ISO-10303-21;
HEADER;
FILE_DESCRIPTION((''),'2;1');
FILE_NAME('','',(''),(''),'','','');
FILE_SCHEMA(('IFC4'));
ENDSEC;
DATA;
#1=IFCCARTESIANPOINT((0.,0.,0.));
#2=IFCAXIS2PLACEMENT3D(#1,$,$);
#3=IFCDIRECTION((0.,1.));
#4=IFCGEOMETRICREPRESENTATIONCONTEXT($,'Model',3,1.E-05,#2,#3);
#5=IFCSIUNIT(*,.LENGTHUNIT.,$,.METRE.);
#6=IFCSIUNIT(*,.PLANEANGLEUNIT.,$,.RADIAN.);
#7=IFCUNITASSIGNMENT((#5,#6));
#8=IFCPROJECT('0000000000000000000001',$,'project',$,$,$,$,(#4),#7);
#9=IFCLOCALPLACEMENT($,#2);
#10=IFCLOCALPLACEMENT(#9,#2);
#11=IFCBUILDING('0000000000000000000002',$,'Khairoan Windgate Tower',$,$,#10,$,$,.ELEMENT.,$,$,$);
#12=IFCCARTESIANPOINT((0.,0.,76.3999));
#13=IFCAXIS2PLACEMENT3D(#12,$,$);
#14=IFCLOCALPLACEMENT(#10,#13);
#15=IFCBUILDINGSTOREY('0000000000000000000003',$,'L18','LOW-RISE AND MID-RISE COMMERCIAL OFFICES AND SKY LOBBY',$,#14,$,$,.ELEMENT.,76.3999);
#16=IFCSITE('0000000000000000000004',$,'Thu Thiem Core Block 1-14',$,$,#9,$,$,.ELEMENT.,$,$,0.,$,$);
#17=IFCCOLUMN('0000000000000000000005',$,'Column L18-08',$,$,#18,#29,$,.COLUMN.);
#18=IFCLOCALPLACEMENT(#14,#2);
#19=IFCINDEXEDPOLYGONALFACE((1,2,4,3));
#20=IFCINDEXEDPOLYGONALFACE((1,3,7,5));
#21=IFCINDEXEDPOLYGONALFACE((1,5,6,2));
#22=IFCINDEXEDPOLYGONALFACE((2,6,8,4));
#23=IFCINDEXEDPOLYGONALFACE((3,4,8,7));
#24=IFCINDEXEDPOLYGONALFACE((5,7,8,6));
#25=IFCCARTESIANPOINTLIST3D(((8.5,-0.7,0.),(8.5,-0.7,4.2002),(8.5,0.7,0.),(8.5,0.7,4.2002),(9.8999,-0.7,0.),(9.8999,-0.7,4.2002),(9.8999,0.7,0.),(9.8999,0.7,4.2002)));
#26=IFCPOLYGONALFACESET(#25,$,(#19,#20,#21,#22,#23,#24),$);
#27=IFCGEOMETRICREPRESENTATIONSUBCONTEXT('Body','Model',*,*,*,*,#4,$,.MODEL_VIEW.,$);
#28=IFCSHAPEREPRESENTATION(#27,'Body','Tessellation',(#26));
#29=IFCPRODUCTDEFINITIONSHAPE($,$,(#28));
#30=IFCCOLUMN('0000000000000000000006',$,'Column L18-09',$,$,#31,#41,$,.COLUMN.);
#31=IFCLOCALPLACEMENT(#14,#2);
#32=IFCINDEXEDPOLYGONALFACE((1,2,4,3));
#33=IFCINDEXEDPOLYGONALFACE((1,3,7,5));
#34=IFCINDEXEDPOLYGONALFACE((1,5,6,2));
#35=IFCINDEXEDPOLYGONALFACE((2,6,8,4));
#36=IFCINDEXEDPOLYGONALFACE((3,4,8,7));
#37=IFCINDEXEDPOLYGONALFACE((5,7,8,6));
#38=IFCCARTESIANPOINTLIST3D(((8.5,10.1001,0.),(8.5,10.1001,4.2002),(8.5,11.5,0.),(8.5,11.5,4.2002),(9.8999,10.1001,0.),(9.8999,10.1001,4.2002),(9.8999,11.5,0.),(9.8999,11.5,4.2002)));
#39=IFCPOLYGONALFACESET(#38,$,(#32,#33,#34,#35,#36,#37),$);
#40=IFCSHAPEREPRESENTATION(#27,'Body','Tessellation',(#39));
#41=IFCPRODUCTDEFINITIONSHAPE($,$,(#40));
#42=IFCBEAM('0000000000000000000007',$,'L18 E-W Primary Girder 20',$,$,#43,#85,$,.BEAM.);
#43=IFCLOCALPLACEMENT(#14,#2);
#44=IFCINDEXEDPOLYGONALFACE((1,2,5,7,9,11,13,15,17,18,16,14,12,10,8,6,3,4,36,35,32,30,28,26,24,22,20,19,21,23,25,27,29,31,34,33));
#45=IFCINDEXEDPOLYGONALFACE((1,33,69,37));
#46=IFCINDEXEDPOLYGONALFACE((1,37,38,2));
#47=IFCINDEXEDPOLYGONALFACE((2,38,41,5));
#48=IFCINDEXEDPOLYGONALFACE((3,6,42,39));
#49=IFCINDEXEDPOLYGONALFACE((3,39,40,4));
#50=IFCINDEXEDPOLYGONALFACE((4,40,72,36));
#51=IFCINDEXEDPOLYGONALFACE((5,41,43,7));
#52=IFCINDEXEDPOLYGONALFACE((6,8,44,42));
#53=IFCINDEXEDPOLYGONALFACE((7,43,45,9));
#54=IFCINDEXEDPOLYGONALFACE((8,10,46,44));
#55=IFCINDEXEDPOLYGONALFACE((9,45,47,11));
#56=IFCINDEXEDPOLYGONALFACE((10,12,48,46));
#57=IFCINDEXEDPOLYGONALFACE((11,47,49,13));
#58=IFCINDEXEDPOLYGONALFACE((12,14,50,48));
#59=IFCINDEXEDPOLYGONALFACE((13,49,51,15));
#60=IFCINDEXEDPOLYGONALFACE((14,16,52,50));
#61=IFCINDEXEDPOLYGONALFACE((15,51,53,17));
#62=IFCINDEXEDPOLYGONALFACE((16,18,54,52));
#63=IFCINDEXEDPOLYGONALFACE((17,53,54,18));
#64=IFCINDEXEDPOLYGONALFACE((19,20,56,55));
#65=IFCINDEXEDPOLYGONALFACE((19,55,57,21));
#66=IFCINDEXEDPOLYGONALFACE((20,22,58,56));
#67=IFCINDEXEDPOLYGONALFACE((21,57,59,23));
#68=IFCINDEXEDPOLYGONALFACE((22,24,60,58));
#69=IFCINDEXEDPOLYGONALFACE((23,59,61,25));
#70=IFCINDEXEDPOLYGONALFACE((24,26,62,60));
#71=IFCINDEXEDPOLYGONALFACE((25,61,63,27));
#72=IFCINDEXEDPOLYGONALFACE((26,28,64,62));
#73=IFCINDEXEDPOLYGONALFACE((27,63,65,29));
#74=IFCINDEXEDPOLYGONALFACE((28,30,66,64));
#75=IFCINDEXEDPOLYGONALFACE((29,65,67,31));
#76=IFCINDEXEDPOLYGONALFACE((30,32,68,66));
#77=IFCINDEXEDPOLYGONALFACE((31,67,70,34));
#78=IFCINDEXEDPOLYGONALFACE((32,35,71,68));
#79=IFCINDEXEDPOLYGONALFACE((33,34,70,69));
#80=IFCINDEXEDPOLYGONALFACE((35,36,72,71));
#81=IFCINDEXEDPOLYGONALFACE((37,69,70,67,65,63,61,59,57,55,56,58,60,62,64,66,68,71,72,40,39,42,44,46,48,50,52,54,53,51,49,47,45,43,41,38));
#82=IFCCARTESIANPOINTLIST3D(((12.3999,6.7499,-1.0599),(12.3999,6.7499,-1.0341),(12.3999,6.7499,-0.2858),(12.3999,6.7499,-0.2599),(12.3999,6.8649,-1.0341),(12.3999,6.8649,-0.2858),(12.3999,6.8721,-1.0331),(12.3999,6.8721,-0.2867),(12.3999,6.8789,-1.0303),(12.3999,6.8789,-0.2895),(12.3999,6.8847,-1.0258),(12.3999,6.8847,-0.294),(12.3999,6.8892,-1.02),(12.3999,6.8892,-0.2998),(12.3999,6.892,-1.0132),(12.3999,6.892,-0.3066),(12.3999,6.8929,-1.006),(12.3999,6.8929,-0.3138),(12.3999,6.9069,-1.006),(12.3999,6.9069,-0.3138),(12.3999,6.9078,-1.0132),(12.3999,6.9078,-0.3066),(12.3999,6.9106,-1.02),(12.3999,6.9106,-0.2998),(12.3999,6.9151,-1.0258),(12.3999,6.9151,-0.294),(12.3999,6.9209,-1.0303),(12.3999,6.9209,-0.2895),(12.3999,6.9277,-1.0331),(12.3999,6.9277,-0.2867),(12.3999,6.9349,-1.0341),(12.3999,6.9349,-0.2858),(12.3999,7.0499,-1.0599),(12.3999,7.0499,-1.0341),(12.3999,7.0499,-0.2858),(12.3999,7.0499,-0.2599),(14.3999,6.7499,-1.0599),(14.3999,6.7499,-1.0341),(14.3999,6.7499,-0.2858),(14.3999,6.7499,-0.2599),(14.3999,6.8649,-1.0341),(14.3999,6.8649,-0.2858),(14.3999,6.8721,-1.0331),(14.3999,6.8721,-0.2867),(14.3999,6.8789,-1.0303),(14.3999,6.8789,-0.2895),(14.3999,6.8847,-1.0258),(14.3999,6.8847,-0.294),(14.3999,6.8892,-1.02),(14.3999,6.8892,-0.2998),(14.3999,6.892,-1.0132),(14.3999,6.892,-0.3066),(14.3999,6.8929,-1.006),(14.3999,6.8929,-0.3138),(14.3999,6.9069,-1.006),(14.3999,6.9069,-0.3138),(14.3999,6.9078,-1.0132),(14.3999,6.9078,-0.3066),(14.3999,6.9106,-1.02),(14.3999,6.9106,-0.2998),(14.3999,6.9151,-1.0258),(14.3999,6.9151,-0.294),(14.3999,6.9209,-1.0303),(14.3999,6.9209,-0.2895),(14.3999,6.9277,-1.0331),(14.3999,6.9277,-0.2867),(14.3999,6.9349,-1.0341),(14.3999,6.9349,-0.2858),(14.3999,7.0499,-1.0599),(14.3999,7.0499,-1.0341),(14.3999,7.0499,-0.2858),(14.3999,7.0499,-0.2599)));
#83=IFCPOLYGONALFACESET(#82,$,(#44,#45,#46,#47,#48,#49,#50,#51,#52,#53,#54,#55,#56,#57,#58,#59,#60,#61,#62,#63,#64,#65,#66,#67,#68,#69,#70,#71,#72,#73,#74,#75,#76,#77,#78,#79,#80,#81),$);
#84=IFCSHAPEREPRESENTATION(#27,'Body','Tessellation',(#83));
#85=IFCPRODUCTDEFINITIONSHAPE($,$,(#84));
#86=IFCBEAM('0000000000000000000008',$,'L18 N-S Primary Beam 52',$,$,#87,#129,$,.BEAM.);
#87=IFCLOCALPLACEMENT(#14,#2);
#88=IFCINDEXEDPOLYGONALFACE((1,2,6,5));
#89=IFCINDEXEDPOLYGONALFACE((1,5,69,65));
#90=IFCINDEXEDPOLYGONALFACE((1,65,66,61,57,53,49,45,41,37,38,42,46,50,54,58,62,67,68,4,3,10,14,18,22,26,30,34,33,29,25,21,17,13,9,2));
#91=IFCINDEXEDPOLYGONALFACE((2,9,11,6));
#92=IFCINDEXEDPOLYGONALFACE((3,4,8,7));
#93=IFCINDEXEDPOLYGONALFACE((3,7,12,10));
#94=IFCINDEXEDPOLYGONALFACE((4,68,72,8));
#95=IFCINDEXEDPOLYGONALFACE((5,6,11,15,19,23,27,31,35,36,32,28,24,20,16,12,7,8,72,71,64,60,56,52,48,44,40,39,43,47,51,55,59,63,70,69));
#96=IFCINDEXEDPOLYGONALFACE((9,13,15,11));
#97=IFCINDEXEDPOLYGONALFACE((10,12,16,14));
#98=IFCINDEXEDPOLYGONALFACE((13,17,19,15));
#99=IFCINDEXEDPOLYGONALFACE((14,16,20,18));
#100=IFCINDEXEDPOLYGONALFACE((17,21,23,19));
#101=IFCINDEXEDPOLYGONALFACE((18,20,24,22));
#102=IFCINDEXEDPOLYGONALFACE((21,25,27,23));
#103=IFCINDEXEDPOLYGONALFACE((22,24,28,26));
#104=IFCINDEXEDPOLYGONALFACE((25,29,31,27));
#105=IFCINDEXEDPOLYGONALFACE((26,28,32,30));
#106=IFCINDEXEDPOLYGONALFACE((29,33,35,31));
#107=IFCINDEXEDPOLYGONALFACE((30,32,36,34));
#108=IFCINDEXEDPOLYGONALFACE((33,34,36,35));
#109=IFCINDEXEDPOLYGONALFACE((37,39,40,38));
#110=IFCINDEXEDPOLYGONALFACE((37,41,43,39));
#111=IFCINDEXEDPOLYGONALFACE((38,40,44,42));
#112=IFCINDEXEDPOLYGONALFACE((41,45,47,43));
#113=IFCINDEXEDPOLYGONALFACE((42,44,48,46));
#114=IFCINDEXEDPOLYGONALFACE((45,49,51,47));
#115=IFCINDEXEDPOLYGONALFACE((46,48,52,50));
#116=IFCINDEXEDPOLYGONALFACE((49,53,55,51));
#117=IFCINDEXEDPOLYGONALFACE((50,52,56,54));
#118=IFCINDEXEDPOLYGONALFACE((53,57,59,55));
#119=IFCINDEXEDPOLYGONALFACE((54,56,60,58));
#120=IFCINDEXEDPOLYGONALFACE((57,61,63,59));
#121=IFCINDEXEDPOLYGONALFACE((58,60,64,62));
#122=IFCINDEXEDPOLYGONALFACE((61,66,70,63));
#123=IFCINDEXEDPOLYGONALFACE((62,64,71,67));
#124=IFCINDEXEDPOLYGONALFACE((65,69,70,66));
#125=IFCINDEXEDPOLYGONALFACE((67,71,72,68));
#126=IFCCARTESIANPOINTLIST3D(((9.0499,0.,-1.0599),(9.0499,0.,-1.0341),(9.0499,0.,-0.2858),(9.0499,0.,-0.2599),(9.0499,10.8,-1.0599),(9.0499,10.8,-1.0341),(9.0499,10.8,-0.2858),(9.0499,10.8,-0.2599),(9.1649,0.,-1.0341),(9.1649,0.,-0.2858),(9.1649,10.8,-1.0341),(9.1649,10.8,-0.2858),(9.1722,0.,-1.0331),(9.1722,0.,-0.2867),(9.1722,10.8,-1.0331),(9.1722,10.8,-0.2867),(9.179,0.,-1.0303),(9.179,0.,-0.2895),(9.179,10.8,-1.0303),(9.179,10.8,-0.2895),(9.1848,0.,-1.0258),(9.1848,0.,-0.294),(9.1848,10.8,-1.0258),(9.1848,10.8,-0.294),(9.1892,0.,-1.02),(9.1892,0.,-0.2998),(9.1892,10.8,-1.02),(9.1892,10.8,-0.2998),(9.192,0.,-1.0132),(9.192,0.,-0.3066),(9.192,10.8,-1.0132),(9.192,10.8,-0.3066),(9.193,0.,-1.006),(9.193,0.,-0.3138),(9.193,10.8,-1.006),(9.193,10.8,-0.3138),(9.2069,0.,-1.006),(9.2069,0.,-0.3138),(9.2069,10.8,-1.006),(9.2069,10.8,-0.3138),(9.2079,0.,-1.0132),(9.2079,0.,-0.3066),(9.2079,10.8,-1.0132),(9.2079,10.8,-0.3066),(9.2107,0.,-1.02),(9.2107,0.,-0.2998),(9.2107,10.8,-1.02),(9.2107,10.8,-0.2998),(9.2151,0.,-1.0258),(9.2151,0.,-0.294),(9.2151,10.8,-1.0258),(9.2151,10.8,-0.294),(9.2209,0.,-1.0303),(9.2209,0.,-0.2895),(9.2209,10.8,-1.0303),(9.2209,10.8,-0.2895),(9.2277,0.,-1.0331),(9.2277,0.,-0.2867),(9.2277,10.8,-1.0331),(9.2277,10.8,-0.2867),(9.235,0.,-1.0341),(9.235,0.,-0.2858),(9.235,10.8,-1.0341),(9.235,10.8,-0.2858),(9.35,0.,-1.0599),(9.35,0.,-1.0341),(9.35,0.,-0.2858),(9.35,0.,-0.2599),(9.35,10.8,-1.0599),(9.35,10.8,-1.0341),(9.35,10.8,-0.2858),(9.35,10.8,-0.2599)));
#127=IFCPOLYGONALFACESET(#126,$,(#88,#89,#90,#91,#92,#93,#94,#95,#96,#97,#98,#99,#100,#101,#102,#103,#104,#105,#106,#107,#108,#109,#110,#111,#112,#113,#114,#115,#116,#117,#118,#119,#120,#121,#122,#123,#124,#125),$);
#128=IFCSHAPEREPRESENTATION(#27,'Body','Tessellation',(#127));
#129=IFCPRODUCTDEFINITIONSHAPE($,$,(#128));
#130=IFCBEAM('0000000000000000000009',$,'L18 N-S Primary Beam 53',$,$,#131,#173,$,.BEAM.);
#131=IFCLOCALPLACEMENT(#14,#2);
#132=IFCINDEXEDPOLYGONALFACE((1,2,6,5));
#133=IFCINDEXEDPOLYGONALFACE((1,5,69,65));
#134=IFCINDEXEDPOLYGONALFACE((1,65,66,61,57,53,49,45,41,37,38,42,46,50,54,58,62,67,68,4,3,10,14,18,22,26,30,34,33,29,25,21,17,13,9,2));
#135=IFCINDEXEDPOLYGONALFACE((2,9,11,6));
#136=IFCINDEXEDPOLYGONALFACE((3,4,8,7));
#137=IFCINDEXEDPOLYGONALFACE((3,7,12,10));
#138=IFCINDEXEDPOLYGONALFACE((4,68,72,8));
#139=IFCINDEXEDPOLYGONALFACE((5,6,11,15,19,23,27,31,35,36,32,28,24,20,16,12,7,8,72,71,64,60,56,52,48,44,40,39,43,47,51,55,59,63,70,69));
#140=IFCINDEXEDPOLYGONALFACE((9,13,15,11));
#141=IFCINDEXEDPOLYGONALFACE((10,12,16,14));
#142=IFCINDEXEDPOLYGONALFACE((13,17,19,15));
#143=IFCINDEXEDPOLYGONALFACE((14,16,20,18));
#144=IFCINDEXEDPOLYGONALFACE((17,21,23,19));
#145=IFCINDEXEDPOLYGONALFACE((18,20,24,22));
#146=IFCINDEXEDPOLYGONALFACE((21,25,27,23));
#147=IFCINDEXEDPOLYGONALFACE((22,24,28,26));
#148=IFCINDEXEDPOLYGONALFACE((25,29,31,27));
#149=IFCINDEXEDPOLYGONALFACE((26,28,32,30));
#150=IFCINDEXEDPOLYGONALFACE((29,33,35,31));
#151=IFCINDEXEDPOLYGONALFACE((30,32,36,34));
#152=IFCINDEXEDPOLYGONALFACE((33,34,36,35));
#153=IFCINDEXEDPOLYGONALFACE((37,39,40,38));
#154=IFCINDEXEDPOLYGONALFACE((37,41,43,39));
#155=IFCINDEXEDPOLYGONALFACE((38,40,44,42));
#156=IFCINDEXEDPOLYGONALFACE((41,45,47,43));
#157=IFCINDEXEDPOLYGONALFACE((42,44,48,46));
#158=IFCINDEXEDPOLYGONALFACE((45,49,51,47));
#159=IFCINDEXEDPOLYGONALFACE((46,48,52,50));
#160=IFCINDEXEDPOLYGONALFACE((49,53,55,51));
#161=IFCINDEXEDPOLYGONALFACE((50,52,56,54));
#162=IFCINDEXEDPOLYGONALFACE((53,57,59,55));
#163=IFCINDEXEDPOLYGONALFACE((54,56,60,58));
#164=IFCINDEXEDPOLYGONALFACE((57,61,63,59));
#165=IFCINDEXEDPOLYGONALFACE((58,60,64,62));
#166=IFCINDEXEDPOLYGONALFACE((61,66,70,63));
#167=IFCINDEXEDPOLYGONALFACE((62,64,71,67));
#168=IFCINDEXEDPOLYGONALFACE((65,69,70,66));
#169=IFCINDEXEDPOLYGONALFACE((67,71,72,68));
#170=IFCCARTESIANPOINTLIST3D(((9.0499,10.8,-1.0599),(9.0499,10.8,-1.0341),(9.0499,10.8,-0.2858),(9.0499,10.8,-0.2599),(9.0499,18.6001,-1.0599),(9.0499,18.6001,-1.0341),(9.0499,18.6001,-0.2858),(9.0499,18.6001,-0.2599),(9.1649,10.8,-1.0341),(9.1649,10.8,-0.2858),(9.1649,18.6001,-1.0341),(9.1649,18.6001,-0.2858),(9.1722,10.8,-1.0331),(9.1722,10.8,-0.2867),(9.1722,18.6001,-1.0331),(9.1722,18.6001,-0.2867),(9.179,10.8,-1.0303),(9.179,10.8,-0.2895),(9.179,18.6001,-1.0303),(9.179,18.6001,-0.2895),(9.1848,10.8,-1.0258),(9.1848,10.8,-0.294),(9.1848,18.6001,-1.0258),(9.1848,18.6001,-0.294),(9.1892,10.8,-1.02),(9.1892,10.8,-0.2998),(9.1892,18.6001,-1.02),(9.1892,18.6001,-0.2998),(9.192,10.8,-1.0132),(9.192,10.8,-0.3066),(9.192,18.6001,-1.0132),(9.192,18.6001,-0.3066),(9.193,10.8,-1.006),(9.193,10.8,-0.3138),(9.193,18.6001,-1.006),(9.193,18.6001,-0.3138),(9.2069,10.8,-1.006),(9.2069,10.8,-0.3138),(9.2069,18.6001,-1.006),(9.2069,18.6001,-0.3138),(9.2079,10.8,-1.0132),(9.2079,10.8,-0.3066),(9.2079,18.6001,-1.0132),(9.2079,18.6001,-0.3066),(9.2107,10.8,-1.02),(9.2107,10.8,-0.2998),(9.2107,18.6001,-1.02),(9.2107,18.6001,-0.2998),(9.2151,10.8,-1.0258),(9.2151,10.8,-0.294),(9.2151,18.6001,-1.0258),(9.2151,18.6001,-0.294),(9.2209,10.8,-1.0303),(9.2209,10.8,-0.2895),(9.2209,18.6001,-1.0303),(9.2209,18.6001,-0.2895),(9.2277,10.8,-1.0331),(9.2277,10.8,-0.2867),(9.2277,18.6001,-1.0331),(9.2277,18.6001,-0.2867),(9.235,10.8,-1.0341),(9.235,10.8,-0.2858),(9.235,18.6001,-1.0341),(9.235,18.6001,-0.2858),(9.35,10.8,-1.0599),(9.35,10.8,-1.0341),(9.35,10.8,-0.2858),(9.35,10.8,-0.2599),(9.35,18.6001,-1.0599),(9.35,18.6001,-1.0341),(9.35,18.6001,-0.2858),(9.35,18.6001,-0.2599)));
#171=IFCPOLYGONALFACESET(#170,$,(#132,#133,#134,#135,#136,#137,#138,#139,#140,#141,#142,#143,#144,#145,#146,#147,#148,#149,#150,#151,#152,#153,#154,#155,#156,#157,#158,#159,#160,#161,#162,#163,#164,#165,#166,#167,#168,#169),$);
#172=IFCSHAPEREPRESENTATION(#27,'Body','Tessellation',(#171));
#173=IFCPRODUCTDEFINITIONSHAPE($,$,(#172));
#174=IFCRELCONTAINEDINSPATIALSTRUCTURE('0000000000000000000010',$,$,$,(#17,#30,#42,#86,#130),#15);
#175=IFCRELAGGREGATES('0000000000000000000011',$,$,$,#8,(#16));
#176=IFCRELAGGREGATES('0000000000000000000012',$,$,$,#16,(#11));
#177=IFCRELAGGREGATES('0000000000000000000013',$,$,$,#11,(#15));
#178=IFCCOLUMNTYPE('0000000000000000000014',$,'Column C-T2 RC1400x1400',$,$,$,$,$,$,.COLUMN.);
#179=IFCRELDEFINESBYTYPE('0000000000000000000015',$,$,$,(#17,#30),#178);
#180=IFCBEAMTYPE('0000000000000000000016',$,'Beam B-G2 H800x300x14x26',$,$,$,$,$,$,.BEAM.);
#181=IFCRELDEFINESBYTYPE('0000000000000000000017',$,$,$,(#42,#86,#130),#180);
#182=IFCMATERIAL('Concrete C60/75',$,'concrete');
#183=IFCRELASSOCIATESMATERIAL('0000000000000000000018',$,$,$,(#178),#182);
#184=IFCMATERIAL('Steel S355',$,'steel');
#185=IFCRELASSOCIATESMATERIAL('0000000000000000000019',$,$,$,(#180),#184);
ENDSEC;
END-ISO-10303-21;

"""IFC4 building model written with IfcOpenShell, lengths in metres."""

from ifc_helpers import new_model, si_unit, direction, frame, origin, origin_2d, place, context, subcontext, project, spatial, rectangle, i_section, extrude, material, material_profile, profile_set, type_object, element, save


model = new_model("IFC4")

# Units and contexts
model_context = context("Model", 3, precision=1e-05, world=origin(), true_north=direction((0.0, 1.0)))
body_context = subcontext(model_context, "Body", "Model", "MODEL_VIEW")
ifc_project = project(units=[si_unit("LENGTHUNIT", "METRE"), si_unit("PLANEANGLEUNIT", "RADIAN")], contexts=[model_context])

# Site, building, storey
site_placement = place(None, origin())
site = spatial("IfcSite", under=ifc_project, at=site_placement, Name="Thu Thiem Core Block 1-14", CompositionType="ELEMENT", RefElevation=0.0)
building_placement = place(site_placement, origin())
building = spatial("IfcBuilding", under=site, at=building_placement, Name="Khairoan Windgate Tower", CompositionType="ELEMENT")
storey_placement = place(building_placement, frame((0.0, 0.0, 76.3999)))
storey = spatial("IfcBuildingStorey", under=building, at=storey_placement, Name="L18", Description="LOW-RISE AND MID-RISE COMMERCIAL OFFICES AND SKY LOBBY", CompositionType="ELEMENT", Elevation=76.3999)

# Columns
ifc_material_1 = material(Name="Concrete C60/75", Category="concrete")
ifc_material_profile_1 = material_profile(ifc_material_1, rectangle(XDim=1.3999, YDim=1.3999, at=origin_2d()))
ifc_profile_set_1 = profile_set([ifc_material_profile_1], Name="Concrete C60/75")
column_type = type_object("IfcColumnType", Name="Column C-T2 RC1400x1400", PredefinedType="COLUMN", material=ifc_profile_set_1)
for number, where, z_axis, x_axis, name in (
    (1, (9.2, 0.0, 0.0), (0.0, 0.0, 1.0), (1.0, 0.0, 0.0), "Column L18-08"),
    (2, (9.2, 10.8, 0.0), (0.0, 0.0, 1.0), (1.0, 0.0, 0.0), "Column L18-09"),
):
    element("IfcColumn", number, at=place(storey_placement, frame(where, z_axis=z_axis, x_axis=x_axis)), inside=storey, type_object=column_type, Name=name, PredefinedType="COLUMN", context=body_context, shape_type="SweptSolid", body=[
        extrude(rectangle(XDim=1.3999, YDim=1.3999, at=origin_2d()), origin(), (0.0, 0.0, 1.0), 4.2002),
    ])

# Beams
ifc_material_2 = material(Name="Steel S355", Category="steel")
ifc_material_profile_2 = material_profile(ifc_material_2, i_section(OverallWidth=0.3, OverallDepth=0.8, WebThickness=0.0139, FlangeThickness=0.0259, FilletRadius=0.0281, at=origin_2d()))
ifc_profile_set_2 = profile_set([ifc_material_profile_2], Name="Steel S355")
beam_type_1 = type_object("IfcBeamType", Name="Beam B-G2 H800x300x14x26", PredefinedType="BEAM", material=ifc_profile_set_2)
beam_1_placement = place(storey_placement, frame((12.3999, 6.8999, -0.6599), z_axis=(1.0, 0.0, 0.0), x_axis=(0.0, 1.0, 0.0)))
element("IfcBeam", 3, at=beam_1_placement, inside=storey, type_object=beam_type_1, Name="L18 E-W Primary Girder 20", PredefinedType="BEAM", context=body_context, shape_type="SweptSolid", body=[
    extrude(i_section(OverallWidth=0.3, OverallDepth=0.8, WebThickness=0.0139, FlangeThickness=0.0259, FilletRadius=0.0281, at=origin_2d()), origin(), (0.0, 0.0, 1.0), 2.0),
])
beam_2_placement = place(storey_placement, frame((9.2, 0.0, -0.6599), z_axis=(0.0, 1.0, 0.0), x_axis=(-1.0, 0.0, 0.0)))
element("IfcBeam", 4, at=beam_2_placement, inside=storey, type_object=beam_type_1, Name="L18 N-S Primary Beam 52", PredefinedType="BEAM", context=body_context, shape_type="SweptSolid", body=[
    extrude(i_section(OverallWidth=0.3, OverallDepth=0.8, WebThickness=0.0139, FlangeThickness=0.0259, FilletRadius=0.0281, at=origin_2d()), origin(), (0.0, 0.0, 1.0), 10.8),
])
beam_3_placement = place(storey_placement, frame((9.2, 10.8, -0.6599), z_axis=(0.0, 1.0, 0.0), x_axis=(-1.0, 0.0, 0.0)))
element("IfcBeam", 5, at=beam_3_placement, inside=storey, type_object=beam_type_1, Name="L18 N-S Primary Beam 53", PredefinedType="BEAM", context=body_context, shape_type="SweptSolid", body=[
    extrude(i_section(OverallWidth=0.3, OverallDepth=0.8, WebThickness=0.0139, FlangeThickness=0.0259, FilletRadius=0.0281, at=origin_2d()), origin(), (0.0, 0.0, 1.0), 7.8),
])

save(model, "model.ifc")
